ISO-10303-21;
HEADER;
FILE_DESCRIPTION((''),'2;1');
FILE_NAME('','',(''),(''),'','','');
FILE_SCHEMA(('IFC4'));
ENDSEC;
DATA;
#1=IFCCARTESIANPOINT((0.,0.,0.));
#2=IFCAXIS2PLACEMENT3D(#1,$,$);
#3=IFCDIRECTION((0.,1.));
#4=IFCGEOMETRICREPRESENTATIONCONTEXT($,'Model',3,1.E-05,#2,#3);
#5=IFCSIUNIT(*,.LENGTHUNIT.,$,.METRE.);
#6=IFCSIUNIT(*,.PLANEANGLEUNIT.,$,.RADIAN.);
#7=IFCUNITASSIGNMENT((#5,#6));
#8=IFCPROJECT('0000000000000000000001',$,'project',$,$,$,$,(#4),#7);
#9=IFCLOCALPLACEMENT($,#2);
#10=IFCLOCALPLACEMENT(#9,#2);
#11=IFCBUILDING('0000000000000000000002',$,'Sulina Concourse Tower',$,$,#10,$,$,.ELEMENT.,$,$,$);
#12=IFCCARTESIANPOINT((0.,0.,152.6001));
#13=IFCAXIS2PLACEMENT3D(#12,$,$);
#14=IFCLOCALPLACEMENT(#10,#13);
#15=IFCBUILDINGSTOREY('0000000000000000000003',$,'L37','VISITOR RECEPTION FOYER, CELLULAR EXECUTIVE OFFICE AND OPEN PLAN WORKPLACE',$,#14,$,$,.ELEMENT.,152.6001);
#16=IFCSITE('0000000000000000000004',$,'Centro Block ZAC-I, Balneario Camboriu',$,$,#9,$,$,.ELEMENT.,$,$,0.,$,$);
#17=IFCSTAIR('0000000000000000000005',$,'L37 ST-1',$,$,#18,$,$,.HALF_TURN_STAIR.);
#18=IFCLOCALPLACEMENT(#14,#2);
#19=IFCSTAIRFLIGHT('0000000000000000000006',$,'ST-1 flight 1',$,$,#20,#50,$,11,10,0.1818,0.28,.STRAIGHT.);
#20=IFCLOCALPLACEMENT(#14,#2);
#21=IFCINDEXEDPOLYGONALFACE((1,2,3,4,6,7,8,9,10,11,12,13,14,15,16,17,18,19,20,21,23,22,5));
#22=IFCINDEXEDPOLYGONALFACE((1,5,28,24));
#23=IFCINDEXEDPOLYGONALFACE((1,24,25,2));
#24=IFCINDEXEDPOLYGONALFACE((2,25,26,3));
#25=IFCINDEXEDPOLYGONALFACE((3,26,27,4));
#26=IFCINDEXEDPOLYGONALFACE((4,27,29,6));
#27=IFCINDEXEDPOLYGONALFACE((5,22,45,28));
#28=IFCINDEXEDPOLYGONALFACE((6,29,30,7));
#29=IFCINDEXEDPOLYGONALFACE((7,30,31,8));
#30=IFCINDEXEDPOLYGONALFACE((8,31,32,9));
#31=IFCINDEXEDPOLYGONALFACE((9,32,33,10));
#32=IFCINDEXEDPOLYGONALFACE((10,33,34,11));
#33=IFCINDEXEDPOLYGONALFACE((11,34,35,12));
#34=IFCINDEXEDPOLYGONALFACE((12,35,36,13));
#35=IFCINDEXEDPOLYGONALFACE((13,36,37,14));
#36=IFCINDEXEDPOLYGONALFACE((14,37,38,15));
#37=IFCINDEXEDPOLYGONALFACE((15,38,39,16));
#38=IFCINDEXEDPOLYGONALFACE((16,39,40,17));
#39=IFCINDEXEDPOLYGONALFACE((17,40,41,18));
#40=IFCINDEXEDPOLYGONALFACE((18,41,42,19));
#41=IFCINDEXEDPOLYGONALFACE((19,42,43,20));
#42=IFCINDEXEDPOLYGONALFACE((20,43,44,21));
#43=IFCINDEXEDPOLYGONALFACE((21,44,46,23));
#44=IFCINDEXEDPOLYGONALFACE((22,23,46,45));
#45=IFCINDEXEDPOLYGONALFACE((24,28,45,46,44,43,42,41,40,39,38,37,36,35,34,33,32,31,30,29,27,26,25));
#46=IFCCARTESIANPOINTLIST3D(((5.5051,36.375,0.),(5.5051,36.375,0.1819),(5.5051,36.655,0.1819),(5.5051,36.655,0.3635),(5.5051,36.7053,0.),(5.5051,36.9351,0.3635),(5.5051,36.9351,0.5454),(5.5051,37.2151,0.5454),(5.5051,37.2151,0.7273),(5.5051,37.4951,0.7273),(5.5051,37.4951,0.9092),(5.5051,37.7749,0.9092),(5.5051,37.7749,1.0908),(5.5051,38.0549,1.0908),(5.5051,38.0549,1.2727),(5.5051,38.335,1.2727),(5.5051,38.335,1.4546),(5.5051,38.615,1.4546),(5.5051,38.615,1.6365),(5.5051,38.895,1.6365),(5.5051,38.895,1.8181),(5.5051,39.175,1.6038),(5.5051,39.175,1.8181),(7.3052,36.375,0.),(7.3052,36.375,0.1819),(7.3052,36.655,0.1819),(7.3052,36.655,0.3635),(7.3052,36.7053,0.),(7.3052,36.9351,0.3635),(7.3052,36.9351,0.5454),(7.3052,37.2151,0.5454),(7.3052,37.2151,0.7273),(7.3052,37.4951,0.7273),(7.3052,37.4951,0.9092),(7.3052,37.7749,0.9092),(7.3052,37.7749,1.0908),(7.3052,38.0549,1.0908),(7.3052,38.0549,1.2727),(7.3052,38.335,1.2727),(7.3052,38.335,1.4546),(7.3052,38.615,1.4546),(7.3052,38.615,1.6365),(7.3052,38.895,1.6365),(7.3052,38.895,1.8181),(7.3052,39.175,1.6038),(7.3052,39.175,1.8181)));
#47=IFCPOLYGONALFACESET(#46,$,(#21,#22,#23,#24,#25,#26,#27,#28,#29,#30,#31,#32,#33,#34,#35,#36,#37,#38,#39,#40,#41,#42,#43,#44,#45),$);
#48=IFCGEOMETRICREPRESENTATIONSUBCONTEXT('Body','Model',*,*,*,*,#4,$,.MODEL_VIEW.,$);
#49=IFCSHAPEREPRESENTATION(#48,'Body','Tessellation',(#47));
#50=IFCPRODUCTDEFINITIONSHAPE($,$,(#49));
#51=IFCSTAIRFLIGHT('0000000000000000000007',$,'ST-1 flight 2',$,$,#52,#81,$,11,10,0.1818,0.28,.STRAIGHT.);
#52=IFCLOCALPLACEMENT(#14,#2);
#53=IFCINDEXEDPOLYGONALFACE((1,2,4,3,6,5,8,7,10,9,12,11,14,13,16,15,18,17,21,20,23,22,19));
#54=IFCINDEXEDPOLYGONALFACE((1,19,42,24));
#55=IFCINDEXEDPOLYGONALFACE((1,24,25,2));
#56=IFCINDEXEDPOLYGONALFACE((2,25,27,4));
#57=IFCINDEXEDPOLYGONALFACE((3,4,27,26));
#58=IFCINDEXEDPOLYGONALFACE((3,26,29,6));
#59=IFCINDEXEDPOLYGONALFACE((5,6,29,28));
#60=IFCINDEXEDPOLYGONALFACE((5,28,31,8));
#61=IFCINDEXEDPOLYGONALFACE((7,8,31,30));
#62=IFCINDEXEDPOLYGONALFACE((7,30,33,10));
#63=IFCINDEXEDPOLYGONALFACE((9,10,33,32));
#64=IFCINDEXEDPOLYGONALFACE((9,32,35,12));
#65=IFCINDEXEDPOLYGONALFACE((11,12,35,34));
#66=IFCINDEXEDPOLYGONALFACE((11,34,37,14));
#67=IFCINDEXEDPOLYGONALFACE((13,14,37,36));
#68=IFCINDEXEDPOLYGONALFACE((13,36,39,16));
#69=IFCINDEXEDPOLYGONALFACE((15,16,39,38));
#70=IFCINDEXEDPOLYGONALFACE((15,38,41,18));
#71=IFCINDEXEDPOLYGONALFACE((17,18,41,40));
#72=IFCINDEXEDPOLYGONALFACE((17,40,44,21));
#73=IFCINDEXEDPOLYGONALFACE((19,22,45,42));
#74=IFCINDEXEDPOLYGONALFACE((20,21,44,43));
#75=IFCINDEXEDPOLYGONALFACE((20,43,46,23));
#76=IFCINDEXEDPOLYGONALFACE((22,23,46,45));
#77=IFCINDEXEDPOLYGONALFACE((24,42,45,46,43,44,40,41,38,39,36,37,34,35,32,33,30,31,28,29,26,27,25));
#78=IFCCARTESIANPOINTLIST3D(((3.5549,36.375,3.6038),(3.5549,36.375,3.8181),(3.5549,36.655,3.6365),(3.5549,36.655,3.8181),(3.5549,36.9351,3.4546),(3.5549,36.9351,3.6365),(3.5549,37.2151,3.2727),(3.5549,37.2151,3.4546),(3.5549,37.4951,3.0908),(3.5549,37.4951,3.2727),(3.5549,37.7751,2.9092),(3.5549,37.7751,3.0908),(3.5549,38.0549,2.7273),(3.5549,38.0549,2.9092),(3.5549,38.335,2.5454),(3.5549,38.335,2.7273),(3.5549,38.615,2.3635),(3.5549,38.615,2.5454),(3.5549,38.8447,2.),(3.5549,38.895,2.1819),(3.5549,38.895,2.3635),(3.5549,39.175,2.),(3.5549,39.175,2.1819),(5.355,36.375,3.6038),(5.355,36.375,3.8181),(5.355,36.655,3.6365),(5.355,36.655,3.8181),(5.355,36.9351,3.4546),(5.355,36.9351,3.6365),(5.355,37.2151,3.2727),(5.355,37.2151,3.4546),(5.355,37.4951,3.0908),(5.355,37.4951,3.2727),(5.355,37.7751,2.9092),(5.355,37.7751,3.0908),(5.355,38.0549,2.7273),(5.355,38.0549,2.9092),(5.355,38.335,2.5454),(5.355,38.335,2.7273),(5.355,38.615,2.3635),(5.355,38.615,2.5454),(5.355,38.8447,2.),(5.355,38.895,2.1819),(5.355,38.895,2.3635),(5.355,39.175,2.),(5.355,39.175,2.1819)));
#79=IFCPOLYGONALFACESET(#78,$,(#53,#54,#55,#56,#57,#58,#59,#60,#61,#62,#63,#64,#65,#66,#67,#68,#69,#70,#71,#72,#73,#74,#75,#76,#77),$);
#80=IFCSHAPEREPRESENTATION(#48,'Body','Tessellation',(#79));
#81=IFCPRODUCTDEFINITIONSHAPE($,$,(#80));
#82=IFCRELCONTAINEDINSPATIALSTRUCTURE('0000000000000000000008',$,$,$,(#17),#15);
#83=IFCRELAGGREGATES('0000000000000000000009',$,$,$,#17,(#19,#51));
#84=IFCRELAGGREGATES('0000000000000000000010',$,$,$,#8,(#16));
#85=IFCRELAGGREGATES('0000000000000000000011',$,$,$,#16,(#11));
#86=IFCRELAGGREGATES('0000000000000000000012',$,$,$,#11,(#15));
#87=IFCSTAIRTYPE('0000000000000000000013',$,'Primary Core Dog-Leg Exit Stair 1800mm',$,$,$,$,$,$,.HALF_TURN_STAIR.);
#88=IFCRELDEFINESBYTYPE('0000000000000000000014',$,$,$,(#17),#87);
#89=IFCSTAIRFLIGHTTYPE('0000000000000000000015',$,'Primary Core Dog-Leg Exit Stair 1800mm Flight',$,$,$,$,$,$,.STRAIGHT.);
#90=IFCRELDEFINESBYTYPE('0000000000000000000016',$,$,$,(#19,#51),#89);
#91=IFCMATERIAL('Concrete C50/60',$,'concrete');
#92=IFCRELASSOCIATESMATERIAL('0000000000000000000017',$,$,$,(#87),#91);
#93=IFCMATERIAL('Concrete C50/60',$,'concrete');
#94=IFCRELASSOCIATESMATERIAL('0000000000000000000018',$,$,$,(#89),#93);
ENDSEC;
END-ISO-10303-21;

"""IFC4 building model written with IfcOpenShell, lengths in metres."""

from ifc_helpers import new_model, si_unit, direction, frame, origin, place, context, subcontext, project, spatial, polyline, outline, extrude, material, type_object, element, aggregate, save


model = new_model("IFC4")

# Units and contexts
model_context = context("Model", 3, precision=1e-05, world=origin(), true_north=direction((0.0, 1.0)))
body_context = subcontext(model_context, "Body", "Model", "MODEL_VIEW")
ifc_project = project(units=[si_unit("LENGTHUNIT", "METRE"), si_unit("PLANEANGLEUNIT", "RADIAN")], contexts=[model_context])

# Site, building, storey
site_placement = place(None, origin())
site = spatial("IfcSite", under=ifc_project, at=site_placement, Name="Centro Block ZAC-I, Balneario Camboriu", CompositionType="ELEMENT", RefElevation=0.0)
building_placement = place(site_placement, origin())
building = spatial("IfcBuilding", under=site, at=building_placement, Name="Sulina Concourse Tower", CompositionType="ELEMENT")
storey_placement = place(building_placement, frame((0.0, 0.0, 152.6001)))
storey = spatial("IfcBuildingStorey", under=building, at=storey_placement, Name="L37", Description="VISITOR RECEPTION FOYER, CELLULAR EXECUTIVE OFFICE AND OPEN PLAN WORKPLACE", CompositionType="ELEMENT", Elevation=152.6001)

# Stair, stair flights
ifc_material_1 = material(Name="Concrete C50/60", Category="concrete")
stair_type = type_object("IfcStairType", Name="Primary Core Dog-Leg Exit Stair 1800mm", PredefinedType="HALF_TURN_STAIR", material=ifc_material_1)
stair_placement = place(storey_placement, origin())
stair = element("IfcStair", 1, at=stair_placement, inside=storey, type_object=stair_type, Name="L37 ST-1", PredefinedType="HALF_TURN_STAIR")
ifc_material_2 = material(Name="Concrete C50/60", Category="concrete")
stair_flight_type = type_object("IfcStairFlightType", Name="Primary Core Dog-Leg Exit Stair 1800mm Flight", PredefinedType="STRAIGHT", material=ifc_material_2)
stair_flight_1_placement = place(storey_placement, frame((6.405, 36.375, 0.0), z_axis=(0.0, 0.0, 1.0), x_axis=(0.0, 1.0, 0.0)))
stair_flight_1 = element("IfcStairFlight", 2, at=stair_flight_1_placement, type_object=stair_flight_type, Name="ST-1 flight 1", NumberOfRisers=11, NumberOfTreads=10, PredefinedType="STRAIGHT", RiserHeight=0.1818, TreadLength=0.28, context=body_context, shape_type="SweptSolid", body=[
    extrude(outline(polyline([(0.0, 0.0), (0.0, 0.1819), (0.28, 0.1819), (0.28, 0.3635), (0.5601, 0.3635), (0.5601, 0.5454), (0.8401, 0.5454), (0.8401, 0.7273), (1.1201, 0.7273), (1.1201, 0.9092), (1.3999, 0.9092), (1.3999, 1.0908), (1.6799, 1.0908), (1.6799, 1.2727), (1.96, 1.2727), (1.96, 1.4546), (2.24, 1.4546), (2.24, 1.6365), (2.52, 1.6365), (2.52, 1.8181), (2.8, 1.8181), (2.8, 2.0), (2.8, 1.6038), (0.3303, 0.0), (0.0, 0.0)])), frame((0.0, 0.8999, 0.0), z_axis=(0.0, -1.0, 0.0), x_axis=(1.0, 0.0, 0.0)), (0.0, 0.0, 1.0), 1.8),
])
stair_flight_2_placement = place(storey_placement, frame((4.4551, 39.175, 2.0), z_axis=(0.0, 0.0, 1.0), x_axis=(0.0, -1.0, 0.0)))
stair_flight_2 = element("IfcStairFlight", 3, at=stair_flight_2_placement, type_object=stair_flight_type, Name="ST-1 flight 2", NumberOfRisers=11, NumberOfTreads=10, PredefinedType="STRAIGHT", RiserHeight=0.1818, TreadLength=0.28, context=body_context, shape_type="SweptSolid", body=[
    extrude(outline(polyline([(0.0, 0.0), (0.0, 0.1819), (0.28, 0.1819), (0.28, 0.3635), (0.5601, 0.3635), (0.5601, 0.5454), (0.8401, 0.5454), (0.8401, 0.7273), (1.1201, 0.7273), (1.1201, 0.9092), (1.3999, 0.9092), (1.3999, 1.0908), (1.6799, 1.0908), (1.6799, 1.2727), (1.96, 1.2727), (1.96, 1.4546), (2.24, 1.4546), (2.24, 1.6365), (2.52, 1.6365), (2.52, 1.8181), (2.8, 1.8181), (2.8, 2.0), (2.8, 1.6038), (0.3303, 0.0), (0.0, 0.0)])), frame((0.0, 0.8999, 0.0), z_axis=(0.0, -1.0, 0.0), x_axis=(1.0, 0.0, 0.0)), (0.0, 0.0, 1.0), 1.8),
])
aggregate(stair, [stair_flight_1, stair_flight_2])

save(model, "model.ifc")
